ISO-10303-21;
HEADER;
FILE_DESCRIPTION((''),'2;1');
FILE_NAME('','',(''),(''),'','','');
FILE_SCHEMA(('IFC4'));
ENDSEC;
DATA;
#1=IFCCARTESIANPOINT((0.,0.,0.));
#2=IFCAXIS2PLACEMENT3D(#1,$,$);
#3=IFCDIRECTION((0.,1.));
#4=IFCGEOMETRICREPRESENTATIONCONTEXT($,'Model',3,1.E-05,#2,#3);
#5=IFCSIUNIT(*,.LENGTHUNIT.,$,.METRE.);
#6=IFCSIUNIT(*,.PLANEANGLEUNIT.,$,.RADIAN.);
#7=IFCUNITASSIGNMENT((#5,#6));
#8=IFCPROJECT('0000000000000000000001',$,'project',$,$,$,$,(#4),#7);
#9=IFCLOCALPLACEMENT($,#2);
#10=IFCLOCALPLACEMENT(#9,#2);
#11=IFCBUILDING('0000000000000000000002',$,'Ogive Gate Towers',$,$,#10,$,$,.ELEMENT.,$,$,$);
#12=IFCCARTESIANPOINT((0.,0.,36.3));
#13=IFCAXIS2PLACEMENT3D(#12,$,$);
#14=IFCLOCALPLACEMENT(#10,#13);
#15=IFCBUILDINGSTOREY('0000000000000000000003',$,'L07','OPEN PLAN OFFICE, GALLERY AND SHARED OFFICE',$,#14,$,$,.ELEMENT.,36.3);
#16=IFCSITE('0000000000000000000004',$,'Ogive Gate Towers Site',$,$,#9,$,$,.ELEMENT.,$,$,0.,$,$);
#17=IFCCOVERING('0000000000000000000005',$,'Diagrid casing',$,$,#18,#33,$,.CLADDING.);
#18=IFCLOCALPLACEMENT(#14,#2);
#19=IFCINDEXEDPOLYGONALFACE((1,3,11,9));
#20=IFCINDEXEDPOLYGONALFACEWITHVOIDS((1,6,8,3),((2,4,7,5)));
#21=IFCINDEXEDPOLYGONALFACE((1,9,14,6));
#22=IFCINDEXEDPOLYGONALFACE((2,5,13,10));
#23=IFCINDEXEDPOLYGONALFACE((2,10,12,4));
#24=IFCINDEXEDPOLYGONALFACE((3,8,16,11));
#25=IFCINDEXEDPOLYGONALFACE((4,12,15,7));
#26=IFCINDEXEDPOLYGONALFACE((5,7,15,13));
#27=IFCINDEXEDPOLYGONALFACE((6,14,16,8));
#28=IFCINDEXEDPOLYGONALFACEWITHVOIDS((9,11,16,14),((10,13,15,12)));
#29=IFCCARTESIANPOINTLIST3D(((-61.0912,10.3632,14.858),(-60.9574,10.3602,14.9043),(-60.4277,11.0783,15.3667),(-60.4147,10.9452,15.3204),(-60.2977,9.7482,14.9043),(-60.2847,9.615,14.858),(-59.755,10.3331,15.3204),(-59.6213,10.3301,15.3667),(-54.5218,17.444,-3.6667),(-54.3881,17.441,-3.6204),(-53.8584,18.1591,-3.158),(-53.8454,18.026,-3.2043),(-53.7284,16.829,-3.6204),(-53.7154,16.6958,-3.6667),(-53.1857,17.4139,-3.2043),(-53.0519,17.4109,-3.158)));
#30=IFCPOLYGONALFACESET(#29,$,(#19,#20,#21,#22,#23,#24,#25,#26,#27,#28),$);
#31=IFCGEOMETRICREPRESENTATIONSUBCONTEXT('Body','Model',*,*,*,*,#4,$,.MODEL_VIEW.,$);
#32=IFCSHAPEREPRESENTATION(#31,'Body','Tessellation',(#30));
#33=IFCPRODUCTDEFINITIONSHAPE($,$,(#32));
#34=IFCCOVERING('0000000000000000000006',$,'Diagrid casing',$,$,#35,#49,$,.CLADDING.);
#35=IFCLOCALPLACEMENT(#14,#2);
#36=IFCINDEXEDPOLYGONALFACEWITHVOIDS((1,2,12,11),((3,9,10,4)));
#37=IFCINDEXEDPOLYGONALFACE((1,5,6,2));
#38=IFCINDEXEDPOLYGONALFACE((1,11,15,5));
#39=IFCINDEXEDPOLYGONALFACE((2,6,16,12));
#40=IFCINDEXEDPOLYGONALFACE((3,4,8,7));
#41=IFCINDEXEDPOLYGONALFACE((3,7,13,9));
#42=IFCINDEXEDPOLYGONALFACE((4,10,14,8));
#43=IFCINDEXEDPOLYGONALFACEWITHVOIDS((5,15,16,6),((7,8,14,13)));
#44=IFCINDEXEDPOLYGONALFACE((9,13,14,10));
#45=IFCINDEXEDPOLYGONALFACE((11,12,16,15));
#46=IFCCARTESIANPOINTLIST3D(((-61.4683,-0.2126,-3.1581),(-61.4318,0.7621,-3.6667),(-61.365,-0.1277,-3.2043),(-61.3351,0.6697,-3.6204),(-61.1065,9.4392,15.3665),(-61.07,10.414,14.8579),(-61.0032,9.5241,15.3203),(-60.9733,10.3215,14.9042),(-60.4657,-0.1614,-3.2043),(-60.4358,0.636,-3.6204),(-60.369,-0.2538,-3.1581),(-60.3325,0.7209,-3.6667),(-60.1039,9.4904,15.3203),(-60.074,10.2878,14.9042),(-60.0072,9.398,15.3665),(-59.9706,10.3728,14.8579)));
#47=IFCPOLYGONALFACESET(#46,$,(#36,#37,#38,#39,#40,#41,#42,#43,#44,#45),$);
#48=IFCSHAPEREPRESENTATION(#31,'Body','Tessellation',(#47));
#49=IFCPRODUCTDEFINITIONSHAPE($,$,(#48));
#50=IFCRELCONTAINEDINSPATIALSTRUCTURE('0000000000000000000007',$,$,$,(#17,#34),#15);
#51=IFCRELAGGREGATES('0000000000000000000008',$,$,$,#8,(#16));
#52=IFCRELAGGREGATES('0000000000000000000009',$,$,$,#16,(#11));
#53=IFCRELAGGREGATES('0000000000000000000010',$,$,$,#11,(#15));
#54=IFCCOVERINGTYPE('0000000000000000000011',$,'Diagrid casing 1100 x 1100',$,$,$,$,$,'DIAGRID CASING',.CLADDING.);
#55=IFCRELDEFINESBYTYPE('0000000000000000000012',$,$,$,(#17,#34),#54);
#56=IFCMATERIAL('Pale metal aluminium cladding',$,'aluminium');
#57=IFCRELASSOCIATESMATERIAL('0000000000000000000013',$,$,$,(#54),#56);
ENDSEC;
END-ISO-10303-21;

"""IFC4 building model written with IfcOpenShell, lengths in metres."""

from ifc_helpers import new_model, si_unit, direction, frame, origin, origin_2d, place, context, subcontext, project, spatial, hollow_rectangle, extrude, material, material_profile, profile_set, type_object, element, save


model = new_model("IFC4")

# Units and contexts
model_context = context("Model", 3, precision=1e-05, world=origin(), true_north=direction((0.0, 1.0)))
body_context = subcontext(model_context, "Body", "Model", "MODEL_VIEW")
ifc_project = project(units=[si_unit("LENGTHUNIT", "METRE"), si_unit("PLANEANGLEUNIT", "RADIAN")], contexts=[model_context])

# Site, building, storey
site_placement = place(None, origin())
site = spatial("IfcSite", under=ifc_project, at=site_placement, Name="Ogive Gate Towers Site", CompositionType="ELEMENT", RefElevation=0.0)
building_placement = place(site_placement, origin())
building = spatial("IfcBuilding", under=site, at=building_placement, Name="Ogive Gate Towers", CompositionType="ELEMENT")
storey_placement = place(building_placement, frame((0.0, 0.0, 36.3)))
storey = spatial("IfcBuildingStorey", under=building, at=storey_placement, Name="L07", Description="OPEN PLAN OFFICE, GALLERY AND SHARED OFFICE", CompositionType="ELEMENT", Elevation=36.3)

# Coverings
ifc_material_1 = material(Name="Pale metal aluminium cladding", Category="aluminium")
ifc_material_profile_1 = material_profile(ifc_material_1, hollow_rectangle(XDim=1.1001, YDim=1.1001, WallThickness=0.1001, at=origin_2d()), Name="1100 x 1100 pale metal casing")
ifc_profile_set_1 = profile_set([ifc_material_profile_1], Name="Pale metal aluminium cladding")
covering_type_1 = type_object("IfcCoveringType", Name="Diagrid casing 1100 x 1100", ElementType="DIAGRID CASING", PredefinedType="CLADDING", material=ifc_profile_set_1)
for number, where, z_axis, x_axis, name in (
    (1, (-53.7869, 17.4275, -3.4124), (-0.314449, -0.338932, 0.886706), (0.733088, -0.680134, 0.0), "Diagrid casing"),
):
    element("IfcCovering", number, at=place(storey_placement, frame(where, z_axis=z_axis, x_axis=x_axis)), inside=storey, type_object=covering_type_1, Name=name, PredefinedType="CLADDING", context=body_context, shape_type="SweptSolid", body=[
        extrude(hollow_rectangle(XDim=1.1001, YDim=1.1001, WallThickness=0.1001, at=origin_2d()), origin(), (0.0, 0.0, 1.0), 20.8916),
    ])
covering_1_placement = place(storey_placement, frame((-60.9004, 0.2542, -3.4124), z_axis=(0.017319, 0.462001, 0.886711), x_axis=(-0.999298, 0.03746, 0.0)))
element("IfcCovering", 2, at=covering_1_placement, inside=storey, type_object=covering_type_1, Name="Diagrid casing", PredefinedType="CLADDING", context=body_context, shape_type="SweptSolid", body=[
    extrude(hollow_rectangle(XDim=1.1001, YDim=1.1001, WallThickness=0.1001, at=origin_2d()), origin(), (0.0, 0.0, 1.0), 20.8914),
])

save(model, "model.ifc")
